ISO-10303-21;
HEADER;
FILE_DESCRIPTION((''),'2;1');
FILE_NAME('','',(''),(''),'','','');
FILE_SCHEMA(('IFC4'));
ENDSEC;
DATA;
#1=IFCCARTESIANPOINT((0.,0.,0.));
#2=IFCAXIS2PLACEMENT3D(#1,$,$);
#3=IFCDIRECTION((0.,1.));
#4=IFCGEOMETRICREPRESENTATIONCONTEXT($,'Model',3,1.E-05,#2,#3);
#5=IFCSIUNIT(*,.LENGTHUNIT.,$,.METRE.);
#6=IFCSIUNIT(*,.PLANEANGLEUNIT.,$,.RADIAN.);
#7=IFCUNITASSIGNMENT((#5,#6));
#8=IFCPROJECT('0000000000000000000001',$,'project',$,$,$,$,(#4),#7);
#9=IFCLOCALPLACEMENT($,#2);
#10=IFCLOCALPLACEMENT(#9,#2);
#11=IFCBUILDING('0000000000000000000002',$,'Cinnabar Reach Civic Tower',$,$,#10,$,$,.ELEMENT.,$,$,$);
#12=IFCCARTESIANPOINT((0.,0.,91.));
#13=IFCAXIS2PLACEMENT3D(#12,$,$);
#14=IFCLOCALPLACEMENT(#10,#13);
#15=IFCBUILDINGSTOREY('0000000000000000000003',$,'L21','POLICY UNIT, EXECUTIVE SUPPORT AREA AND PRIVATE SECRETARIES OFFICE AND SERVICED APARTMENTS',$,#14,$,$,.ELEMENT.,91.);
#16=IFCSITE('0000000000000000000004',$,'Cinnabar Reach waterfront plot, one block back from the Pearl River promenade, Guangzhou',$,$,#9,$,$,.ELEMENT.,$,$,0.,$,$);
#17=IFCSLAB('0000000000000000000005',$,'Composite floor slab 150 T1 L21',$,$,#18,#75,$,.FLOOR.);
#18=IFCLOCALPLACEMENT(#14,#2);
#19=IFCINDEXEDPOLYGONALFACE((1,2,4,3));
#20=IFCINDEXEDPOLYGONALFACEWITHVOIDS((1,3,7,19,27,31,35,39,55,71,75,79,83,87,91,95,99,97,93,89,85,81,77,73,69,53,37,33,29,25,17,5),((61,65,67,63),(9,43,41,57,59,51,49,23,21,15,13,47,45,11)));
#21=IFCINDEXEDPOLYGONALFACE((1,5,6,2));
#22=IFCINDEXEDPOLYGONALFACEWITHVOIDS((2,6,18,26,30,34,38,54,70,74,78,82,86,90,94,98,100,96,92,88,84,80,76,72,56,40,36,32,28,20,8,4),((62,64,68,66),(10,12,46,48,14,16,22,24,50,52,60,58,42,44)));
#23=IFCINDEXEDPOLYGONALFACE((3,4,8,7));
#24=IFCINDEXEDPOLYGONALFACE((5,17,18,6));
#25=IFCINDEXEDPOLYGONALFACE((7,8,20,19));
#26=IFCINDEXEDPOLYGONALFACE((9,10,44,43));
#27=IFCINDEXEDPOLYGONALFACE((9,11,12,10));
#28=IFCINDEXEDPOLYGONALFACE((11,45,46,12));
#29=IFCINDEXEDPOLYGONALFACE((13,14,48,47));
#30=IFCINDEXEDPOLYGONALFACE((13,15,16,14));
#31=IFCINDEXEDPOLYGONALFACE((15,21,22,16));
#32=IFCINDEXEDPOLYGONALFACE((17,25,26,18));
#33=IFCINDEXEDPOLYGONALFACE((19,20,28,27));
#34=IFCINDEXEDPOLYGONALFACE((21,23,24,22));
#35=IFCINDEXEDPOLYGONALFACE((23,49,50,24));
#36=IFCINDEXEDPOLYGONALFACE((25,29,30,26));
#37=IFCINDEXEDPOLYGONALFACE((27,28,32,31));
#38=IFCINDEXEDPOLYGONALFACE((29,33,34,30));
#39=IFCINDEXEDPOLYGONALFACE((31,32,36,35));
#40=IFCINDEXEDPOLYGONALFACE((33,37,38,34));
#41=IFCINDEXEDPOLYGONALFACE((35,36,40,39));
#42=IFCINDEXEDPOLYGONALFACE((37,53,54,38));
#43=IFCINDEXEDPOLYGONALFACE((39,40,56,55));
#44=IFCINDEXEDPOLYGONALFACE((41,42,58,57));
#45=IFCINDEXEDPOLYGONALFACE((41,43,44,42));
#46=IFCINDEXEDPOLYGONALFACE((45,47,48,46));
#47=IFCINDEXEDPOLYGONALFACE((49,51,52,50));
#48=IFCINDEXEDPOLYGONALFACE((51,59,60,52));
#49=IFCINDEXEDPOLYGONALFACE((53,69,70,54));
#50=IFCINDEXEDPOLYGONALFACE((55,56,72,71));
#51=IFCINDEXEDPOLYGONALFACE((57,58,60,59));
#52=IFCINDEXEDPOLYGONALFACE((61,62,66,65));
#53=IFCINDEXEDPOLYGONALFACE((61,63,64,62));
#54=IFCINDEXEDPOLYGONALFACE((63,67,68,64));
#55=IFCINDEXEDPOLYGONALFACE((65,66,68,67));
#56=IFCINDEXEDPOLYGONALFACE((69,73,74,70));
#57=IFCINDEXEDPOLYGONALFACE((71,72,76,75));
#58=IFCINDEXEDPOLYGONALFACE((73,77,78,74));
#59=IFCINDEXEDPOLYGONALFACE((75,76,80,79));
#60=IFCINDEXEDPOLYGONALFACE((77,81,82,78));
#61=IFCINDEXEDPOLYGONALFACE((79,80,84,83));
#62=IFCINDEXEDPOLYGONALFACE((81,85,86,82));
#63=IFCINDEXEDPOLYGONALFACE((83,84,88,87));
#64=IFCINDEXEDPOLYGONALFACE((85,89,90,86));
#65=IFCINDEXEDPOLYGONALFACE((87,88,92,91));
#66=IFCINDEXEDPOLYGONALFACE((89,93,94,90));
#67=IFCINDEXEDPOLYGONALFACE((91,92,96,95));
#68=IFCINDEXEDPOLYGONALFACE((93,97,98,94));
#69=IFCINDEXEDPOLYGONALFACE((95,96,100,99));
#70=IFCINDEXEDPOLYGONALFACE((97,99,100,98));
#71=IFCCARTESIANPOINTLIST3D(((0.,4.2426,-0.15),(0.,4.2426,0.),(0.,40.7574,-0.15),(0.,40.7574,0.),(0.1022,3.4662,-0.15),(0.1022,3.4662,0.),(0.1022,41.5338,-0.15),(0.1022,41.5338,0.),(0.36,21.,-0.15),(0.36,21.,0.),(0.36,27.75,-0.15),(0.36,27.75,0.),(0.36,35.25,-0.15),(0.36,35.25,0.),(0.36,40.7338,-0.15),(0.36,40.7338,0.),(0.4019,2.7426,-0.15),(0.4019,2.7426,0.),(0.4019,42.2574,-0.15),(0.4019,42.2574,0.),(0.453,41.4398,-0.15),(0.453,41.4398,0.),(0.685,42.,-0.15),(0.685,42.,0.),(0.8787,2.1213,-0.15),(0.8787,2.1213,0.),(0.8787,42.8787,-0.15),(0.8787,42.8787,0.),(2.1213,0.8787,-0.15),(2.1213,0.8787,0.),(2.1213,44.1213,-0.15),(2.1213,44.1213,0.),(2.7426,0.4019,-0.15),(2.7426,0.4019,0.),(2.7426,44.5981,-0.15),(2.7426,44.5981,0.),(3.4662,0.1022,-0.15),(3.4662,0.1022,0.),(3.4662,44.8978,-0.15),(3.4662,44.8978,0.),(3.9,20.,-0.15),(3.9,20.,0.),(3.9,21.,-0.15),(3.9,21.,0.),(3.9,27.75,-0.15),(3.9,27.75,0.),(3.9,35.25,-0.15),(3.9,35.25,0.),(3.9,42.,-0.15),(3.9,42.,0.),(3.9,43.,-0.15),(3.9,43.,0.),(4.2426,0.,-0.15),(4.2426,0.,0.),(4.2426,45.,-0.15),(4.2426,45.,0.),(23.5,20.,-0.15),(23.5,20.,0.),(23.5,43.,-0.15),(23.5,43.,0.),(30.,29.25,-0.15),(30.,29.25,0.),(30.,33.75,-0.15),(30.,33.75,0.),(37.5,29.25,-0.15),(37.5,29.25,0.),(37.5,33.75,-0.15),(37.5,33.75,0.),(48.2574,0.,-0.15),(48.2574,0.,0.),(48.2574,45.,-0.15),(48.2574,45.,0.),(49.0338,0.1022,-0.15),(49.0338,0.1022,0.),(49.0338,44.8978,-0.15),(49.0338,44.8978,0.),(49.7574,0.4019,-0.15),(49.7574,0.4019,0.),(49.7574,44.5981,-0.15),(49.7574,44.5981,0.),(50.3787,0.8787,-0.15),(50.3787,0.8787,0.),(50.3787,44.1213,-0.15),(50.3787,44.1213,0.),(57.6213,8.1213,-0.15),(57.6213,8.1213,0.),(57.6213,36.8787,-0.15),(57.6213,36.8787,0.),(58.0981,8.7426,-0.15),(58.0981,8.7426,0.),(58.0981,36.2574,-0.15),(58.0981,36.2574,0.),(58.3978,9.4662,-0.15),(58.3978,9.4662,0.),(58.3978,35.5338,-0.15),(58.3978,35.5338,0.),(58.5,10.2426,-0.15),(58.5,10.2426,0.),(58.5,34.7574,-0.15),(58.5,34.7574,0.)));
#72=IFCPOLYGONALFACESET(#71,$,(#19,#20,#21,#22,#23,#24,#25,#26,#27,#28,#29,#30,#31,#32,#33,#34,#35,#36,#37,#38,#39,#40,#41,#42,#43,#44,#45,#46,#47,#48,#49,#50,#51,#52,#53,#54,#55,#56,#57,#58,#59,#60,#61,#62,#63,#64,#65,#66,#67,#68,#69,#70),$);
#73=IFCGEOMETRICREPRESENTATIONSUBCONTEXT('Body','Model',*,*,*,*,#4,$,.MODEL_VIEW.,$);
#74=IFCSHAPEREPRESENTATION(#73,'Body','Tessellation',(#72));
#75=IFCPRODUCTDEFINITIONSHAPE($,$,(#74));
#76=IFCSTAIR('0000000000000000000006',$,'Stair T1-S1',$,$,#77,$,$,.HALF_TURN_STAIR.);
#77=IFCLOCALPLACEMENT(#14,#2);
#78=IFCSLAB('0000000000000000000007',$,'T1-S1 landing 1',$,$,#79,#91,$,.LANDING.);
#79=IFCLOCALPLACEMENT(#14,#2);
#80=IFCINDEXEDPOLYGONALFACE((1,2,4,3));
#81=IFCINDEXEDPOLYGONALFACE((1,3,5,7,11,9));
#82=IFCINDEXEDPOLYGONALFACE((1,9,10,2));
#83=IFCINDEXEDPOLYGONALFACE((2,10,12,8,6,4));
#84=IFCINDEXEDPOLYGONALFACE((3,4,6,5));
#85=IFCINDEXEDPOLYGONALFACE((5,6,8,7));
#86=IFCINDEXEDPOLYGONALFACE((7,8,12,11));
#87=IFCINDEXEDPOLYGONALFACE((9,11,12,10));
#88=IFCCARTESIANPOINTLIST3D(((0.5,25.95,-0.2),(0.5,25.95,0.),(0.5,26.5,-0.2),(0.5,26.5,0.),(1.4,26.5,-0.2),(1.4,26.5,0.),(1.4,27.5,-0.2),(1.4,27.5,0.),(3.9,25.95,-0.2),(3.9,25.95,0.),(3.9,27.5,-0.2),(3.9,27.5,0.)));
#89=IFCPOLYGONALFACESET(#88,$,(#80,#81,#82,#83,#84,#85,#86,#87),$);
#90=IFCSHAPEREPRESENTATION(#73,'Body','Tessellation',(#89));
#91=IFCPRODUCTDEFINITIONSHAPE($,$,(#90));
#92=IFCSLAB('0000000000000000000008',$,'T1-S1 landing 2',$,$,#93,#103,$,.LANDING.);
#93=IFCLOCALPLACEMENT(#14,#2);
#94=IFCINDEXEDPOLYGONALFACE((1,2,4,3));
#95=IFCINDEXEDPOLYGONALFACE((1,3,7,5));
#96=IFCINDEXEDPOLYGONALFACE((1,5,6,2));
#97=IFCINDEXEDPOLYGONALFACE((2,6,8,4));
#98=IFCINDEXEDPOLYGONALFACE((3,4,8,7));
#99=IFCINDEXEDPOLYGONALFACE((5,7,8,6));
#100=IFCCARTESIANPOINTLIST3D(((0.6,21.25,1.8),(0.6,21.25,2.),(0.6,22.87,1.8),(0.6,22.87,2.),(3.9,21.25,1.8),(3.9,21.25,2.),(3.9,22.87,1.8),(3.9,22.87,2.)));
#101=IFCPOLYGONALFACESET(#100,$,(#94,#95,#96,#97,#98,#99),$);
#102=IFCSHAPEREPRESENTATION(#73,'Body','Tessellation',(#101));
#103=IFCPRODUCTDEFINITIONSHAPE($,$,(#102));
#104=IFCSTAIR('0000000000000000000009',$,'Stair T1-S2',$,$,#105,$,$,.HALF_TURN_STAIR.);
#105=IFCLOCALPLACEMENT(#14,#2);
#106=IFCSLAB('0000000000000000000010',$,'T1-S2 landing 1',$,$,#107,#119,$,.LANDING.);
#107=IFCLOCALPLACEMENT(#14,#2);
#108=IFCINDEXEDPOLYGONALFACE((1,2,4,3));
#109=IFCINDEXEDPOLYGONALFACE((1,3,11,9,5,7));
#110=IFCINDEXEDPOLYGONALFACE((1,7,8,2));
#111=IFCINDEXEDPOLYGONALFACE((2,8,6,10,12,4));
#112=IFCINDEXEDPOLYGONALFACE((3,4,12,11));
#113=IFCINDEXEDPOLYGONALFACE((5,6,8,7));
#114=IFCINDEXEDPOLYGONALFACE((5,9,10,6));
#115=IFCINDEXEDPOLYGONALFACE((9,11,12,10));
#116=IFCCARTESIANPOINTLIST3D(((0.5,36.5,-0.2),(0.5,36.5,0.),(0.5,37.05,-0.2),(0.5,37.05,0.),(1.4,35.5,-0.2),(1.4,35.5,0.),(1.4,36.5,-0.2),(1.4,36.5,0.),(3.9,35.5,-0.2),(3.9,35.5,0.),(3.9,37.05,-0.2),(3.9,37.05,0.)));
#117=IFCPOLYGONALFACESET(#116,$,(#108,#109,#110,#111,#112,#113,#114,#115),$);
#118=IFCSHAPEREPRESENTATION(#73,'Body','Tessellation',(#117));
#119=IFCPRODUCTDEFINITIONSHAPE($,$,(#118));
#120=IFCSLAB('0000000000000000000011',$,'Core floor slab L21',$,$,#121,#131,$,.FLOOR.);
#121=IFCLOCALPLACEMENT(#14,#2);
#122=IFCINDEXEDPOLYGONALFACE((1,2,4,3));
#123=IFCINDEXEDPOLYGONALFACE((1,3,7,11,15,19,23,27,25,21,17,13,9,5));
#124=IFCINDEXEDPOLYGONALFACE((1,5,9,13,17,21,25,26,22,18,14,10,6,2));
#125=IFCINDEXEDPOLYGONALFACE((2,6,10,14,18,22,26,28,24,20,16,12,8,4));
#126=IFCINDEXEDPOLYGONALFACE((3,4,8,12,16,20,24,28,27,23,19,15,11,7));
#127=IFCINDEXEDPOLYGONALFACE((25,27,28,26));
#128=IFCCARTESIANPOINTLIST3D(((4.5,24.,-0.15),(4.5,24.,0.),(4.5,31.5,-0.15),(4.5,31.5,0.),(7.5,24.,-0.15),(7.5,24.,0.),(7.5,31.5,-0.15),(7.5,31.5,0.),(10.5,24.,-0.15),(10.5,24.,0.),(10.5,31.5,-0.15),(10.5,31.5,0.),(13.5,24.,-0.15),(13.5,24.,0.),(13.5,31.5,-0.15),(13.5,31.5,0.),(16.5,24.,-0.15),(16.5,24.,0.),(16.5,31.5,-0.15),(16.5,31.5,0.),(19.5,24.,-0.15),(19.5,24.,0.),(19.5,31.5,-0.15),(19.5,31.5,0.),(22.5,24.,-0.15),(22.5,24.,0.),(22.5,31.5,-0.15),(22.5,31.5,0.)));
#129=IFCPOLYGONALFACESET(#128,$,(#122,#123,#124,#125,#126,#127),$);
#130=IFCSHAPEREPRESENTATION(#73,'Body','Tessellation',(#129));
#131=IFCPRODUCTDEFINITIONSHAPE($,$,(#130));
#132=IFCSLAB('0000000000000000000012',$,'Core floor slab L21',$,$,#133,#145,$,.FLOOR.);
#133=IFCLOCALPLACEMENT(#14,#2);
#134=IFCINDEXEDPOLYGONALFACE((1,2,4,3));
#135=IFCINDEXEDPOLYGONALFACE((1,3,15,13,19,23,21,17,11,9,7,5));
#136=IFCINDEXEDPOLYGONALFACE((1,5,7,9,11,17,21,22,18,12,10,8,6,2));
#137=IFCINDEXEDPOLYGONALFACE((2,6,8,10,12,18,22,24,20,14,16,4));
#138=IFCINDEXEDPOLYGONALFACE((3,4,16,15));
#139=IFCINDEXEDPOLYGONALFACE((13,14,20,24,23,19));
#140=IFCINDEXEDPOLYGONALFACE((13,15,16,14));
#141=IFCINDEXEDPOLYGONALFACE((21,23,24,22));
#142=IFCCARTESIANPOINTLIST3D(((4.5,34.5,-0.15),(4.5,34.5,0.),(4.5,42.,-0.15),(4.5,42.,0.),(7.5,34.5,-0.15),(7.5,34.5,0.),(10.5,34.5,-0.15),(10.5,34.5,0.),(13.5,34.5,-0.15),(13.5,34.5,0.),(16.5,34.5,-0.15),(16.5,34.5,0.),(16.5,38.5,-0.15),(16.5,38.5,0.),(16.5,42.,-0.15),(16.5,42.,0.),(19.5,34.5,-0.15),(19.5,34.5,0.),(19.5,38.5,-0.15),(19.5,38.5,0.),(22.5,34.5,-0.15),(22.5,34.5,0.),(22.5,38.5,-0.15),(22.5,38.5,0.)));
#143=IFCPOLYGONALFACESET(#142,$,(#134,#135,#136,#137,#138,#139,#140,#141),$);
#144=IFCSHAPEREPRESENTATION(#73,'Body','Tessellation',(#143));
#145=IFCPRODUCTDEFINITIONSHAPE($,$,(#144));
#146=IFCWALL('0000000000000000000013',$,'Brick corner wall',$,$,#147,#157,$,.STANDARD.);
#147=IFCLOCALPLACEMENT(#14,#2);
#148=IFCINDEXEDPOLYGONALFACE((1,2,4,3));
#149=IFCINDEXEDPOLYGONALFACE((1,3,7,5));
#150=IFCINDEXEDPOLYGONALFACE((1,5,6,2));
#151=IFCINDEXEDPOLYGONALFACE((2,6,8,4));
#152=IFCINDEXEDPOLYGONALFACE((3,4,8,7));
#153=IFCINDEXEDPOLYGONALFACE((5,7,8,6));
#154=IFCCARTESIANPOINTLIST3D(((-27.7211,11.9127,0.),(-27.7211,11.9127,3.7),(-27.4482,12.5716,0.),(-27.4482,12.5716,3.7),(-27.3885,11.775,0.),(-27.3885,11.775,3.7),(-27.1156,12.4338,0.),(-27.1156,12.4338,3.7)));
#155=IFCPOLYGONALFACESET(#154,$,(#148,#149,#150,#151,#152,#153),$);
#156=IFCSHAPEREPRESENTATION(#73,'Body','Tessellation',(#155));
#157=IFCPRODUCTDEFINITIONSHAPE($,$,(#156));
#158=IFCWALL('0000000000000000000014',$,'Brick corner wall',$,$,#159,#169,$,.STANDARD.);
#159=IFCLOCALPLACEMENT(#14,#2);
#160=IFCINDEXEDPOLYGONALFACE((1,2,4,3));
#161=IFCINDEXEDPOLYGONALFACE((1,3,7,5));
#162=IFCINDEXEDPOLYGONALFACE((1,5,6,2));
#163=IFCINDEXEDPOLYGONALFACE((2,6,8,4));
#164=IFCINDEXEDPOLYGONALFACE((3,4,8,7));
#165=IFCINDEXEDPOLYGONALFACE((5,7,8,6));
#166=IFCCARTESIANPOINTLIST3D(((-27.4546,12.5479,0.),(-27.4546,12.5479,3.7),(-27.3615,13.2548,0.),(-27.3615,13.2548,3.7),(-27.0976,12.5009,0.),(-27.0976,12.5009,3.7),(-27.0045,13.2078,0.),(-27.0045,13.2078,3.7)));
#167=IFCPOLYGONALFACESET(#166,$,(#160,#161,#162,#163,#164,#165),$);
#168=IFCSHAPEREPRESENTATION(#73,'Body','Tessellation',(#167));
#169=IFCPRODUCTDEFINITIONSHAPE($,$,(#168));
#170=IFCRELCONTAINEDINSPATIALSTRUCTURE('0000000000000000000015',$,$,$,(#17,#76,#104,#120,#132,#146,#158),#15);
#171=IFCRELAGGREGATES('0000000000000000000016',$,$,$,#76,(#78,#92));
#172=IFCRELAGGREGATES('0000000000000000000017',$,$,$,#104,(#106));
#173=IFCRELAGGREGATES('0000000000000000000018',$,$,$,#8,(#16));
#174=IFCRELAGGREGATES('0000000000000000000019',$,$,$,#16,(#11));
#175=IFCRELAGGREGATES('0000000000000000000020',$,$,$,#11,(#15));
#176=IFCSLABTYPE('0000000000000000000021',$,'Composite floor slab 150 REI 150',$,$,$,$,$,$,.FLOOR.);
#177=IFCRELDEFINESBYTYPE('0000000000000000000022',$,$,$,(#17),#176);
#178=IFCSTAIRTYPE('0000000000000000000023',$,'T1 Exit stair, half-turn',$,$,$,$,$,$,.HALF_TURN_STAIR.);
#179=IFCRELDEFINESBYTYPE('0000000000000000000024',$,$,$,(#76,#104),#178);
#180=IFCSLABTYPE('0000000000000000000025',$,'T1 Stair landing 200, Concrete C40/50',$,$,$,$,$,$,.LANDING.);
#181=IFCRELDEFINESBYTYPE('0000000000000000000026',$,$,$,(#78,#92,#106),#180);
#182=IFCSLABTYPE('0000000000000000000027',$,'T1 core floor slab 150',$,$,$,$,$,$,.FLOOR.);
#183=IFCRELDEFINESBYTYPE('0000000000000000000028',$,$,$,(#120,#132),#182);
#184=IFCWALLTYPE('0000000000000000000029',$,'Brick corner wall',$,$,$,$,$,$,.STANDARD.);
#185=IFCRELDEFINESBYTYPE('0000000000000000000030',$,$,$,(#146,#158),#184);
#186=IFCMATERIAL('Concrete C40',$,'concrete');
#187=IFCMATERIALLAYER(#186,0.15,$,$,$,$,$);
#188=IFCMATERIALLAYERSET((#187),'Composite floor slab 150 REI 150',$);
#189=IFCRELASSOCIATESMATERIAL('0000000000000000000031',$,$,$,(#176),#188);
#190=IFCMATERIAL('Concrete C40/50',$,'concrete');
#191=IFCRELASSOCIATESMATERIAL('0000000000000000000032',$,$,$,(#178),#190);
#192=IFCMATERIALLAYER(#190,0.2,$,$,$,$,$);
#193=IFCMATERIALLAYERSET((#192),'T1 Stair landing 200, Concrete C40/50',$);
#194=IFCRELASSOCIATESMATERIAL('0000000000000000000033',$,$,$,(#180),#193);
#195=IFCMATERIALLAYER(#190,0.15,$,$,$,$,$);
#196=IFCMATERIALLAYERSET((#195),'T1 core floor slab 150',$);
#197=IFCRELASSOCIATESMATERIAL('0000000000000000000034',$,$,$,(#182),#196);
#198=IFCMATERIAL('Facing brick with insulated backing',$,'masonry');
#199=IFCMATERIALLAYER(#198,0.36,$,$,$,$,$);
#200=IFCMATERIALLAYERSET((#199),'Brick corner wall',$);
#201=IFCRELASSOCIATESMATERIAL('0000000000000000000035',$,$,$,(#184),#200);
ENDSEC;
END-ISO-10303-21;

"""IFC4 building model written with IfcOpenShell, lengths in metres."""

from ifc_helpers import new_model, si_unit, direction, frame, frame_2d, origin, place, context, subcontext, project, spatial, polyline, rectangle, outline, extrude, material, layer, layer_set, type_object, element, aggregate, save


model = new_model("IFC4")

# Units and contexts
model_context = context("Model", 3, precision=1e-05, world=origin(), true_north=direction((0.0, 1.0)))
body_context = subcontext(model_context, "Body", "Model", "MODEL_VIEW")
ifc_project = project(units=[si_unit("LENGTHUNIT", "METRE"), si_unit("PLANEANGLEUNIT", "RADIAN")], contexts=[model_context])

# Site, building, storey
site_placement = place(None, origin())
site = spatial("IfcSite", under=ifc_project, at=site_placement, Name="Cinnabar Reach waterfront plot, one block back from the Pearl River promenade, Guangzhou", CompositionType="ELEMENT", RefElevation=0.0)
building_placement = place(site_placement, origin())
building = spatial("IfcBuilding", under=site, at=building_placement, Name="Cinnabar Reach Civic Tower", CompositionType="ELEMENT")
storey_placement = place(building_placement, frame((0.0, 0.0, 91.0)))
storey = spatial("IfcBuildingStorey", under=building, at=storey_placement, Name="L21", Description="POLICY UNIT, EXECUTIVE SUPPORT AREA AND PRIVATE SECRETARIES OFFICE AND SERVICED APARTMENTS", CompositionType="ELEMENT", Elevation=91.0)

# Shared definitions
ifc_material_1 = material(Name="Concrete C40", Category="concrete")

# Slab
ifc_layer_1 = layer(ifc_material_1, 0.15)
ifc_layer_set_1 = layer_set([ifc_layer_1], Name="Composite floor slab 150 REI 150")
slab_type_1 = type_object("IfcSlabType", Name="Composite floor slab 150 REI 150", PredefinedType="FLOOR", material=ifc_layer_set_1)
slab_1_placement = place(storey_placement, frame((0.0, 0.0, -0.15)))
element("IfcSlab", 1, at=slab_1_placement, inside=storey, type_object=slab_type_1, Name="Composite floor slab 150 T1 L21", PredefinedType="FLOOR", context=body_context, shape_type="SweptSolid", body=[
    extrude(outline(polyline([(0.8787, 2.1213), (0.4019, 2.7426), (0.1022, 3.4662), (0.0, 4.2426), (0.0, 40.7574), (0.1022, 41.5338), (0.4019, 42.2574), (0.8787, 42.8787), (2.1213, 44.1213), (2.7426, 44.5981), (3.4662, 44.8978), (4.2426, 45.0), (48.2574, 45.0), (49.0338, 44.8978), (49.7574, 44.5981), (50.3787, 44.1213), (57.6213, 36.8787), (58.0981, 36.2574), (58.3978, 35.5338), (58.5, 34.7574), (58.5, 10.2426), (58.3978, 9.4662), (58.0981, 8.7426), (57.6213, 8.1213), (50.3787, 0.8787), (49.7574, 0.4019), (49.0338, 0.1022), (48.2574, 0.0), (4.2426, 0.0), (3.4662, 0.1022), (2.7426, 0.4019), (2.1213, 0.8787), (0.8787, 2.1213)]), holes=[polyline([(0.36, 21.0), (3.9, 21.0), (3.9, 20.0), (23.5, 20.0), (23.5, 43.0), (3.9, 43.0), (3.9, 42.0), (0.685, 42.0), (0.453, 41.4398), (0.36, 40.7338), (0.36, 35.25), (3.9, 35.25), (3.9, 27.75), (0.36, 27.75), (0.36, 21.0)]), polyline([(30.0, 33.75), (30.0, 29.25), (37.5, 29.25), (37.5, 33.75), (30.0, 33.75)])]), origin(), (0.0, 0.0, 1.0), 0.15),
])

# Stair, slabs
ifc_material_2 = material(Name="Concrete C40/50", Category="concrete")
stair_type = type_object("IfcStairType", Name="T1 Exit stair, half-turn", PredefinedType="HALF_TURN_STAIR", material=ifc_material_2)
stair_1_placement = place(storey_placement, origin())
stair_1 = element("IfcStair", 2, at=stair_1_placement, inside=storey, type_object=stair_type, Name="Stair T1-S1", PredefinedType="HALF_TURN_STAIR")
ifc_layer_2 = layer(ifc_material_2, 0.2)
ifc_layer_set_2 = layer_set([ifc_layer_2], Name="T1 Stair landing 200, Concrete C40/50")
slab_type_2 = type_object("IfcSlabType", Name="T1 Stair landing 200, Concrete C40/50", PredefinedType="LANDING", material=ifc_layer_set_2)
slab_2_placement = place(storey_placement, frame((0.0, 0.0, -0.2)))
slab_2 = element("IfcSlab", 3, at=slab_2_placement, type_object=slab_type_2, Name="T1-S1 landing 1", PredefinedType="LANDING", context=body_context, shape_type="SweptSolid", body=[
    extrude(outline(polyline([(3.9, 27.5), (3.9, 25.95), (0.5, 25.95), (0.5, 26.5), (1.4, 26.5), (1.4, 27.5), (3.9, 27.5)])), origin(), (0.0, 0.0, 1.0), 0.2),
])
slab_3_placement = place(storey_placement, frame((0.0, 0.0, 1.8)))
slab_3 = element("IfcSlab", 4, at=slab_3_placement, type_object=slab_type_2, Name="T1-S1 landing 2", PredefinedType="LANDING", context=body_context, shape_type="SweptSolid", body=[
    extrude(outline(polyline([(0.6, 21.25), (0.6, 22.87), (3.9, 22.87), (3.9, 21.25), (0.6, 21.25)])), origin(), (0.0, 0.0, 1.0), 0.2),
])
aggregate(stair_1, [slab_2, slab_3])

# Stair, slab
stair_2_placement = place(storey_placement, origin())
stair_2 = element("IfcStair", 5, at=stair_2_placement, inside=storey, type_object=stair_type, Name="Stair T1-S2", PredefinedType="HALF_TURN_STAIR")
slab_4_placement = place(storey_placement, frame((0.0, 0.0, -0.2)))
slab_4 = element("IfcSlab", 6, at=slab_4_placement, type_object=slab_type_2, Name="T1-S2 landing 1", PredefinedType="LANDING", context=body_context, shape_type="SweptSolid", body=[
    extrude(outline(polyline([(0.5, 37.05), (3.9, 37.05), (3.9, 35.5), (1.4, 35.5), (1.4, 36.5), (0.5, 36.5), (0.5, 37.05)])), origin(), (0.0, 0.0, 1.0), 0.2),
])
aggregate(stair_2, [slab_4])

# Slabs
ifc_layer_3 = layer(ifc_material_2, 0.15)
ifc_layer_set_3 = layer_set([ifc_layer_3], Name="T1 core floor slab 150")
slab_type_3 = type_object("IfcSlabType", Name="T1 core floor slab 150", PredefinedType="FLOOR", material=ifc_layer_set_3)
slab_5_placement = place(storey_placement, frame((0.0, 0.0, -0.15)))
element("IfcSlab", 7, at=slab_5_placement, inside=storey, type_object=slab_type_3, Name="Core floor slab L21", PredefinedType="FLOOR", context=body_context, shape_type="SweptSolid", body=[
    extrude(outline(polyline([(22.5, 24.0), (19.5, 24.0), (16.5, 24.0), (13.5, 24.0), (10.5, 24.0), (7.5, 24.0), (4.5, 24.0), (4.5, 31.5), (7.5, 31.5), (10.5, 31.5), (13.5, 31.5), (16.5, 31.5), (19.5, 31.5), (22.5, 31.5), (22.5, 24.0)])), origin(), (0.0, 0.0, 1.0), 0.15),
])
slab_6_placement = place(storey_placement, frame((0.0, 0.0, -0.15)))
element("IfcSlab", 8, at=slab_6_placement, inside=storey, type_object=slab_type_3, Name="Core floor slab L21", PredefinedType="FLOOR", context=body_context, shape_type="SweptSolid", body=[
    extrude(outline(polyline([(22.5, 34.5), (19.5, 34.5), (16.5, 34.5), (13.5, 34.5), (10.5, 34.5), (7.5, 34.5), (4.5, 34.5), (4.5, 42.0), (16.5, 42.0), (16.5, 38.5), (19.5, 38.5), (22.5, 38.5), (22.5, 34.5)])), origin(), (0.0, 0.0, 1.0), 0.15),
])

# Walls
ifc_material_3 = material(Name="Facing brick with insulated backing", Category="masonry")
ifc_layer_4 = layer(ifc_material_3, 0.36)
ifc_layer_set_4 = layer_set([ifc_layer_4], Name="Brick corner wall")
wall_type_1 = type_object("IfcWallType", Name="Brick corner wall", PredefinedType="STANDARD", material=ifc_layer_set_4)
for number, where, z_axis, x_axis, name in (
    (9, (-27.5548, 11.8439, 0.0), (0.0, 0.0, 1.0), (0.382703, 0.923872, 0.0), "Brick corner wall"),
    (10, (-27.2761, 12.5244, 0.0), (0.0, 0.0, 1.0), (0.130556, 0.991441, 0.0), "Brick corner wall"),
):
    element("IfcWall", number, at=place(storey_placement, frame(where, z_axis=z_axis, x_axis=x_axis)), inside=storey, type_object=wall_type_1, Name=name, PredefinedType="STANDARD", context=body_context, shape_type="SweptSolid", body=[
        extrude(rectangle(XDim=0.7131, YDim=0.36, at=frame_2d((0.3565, 0.0))), origin(), (0.0, 0.0, 1.0), 3.7),
    ])

save(model, "model.ifc")
